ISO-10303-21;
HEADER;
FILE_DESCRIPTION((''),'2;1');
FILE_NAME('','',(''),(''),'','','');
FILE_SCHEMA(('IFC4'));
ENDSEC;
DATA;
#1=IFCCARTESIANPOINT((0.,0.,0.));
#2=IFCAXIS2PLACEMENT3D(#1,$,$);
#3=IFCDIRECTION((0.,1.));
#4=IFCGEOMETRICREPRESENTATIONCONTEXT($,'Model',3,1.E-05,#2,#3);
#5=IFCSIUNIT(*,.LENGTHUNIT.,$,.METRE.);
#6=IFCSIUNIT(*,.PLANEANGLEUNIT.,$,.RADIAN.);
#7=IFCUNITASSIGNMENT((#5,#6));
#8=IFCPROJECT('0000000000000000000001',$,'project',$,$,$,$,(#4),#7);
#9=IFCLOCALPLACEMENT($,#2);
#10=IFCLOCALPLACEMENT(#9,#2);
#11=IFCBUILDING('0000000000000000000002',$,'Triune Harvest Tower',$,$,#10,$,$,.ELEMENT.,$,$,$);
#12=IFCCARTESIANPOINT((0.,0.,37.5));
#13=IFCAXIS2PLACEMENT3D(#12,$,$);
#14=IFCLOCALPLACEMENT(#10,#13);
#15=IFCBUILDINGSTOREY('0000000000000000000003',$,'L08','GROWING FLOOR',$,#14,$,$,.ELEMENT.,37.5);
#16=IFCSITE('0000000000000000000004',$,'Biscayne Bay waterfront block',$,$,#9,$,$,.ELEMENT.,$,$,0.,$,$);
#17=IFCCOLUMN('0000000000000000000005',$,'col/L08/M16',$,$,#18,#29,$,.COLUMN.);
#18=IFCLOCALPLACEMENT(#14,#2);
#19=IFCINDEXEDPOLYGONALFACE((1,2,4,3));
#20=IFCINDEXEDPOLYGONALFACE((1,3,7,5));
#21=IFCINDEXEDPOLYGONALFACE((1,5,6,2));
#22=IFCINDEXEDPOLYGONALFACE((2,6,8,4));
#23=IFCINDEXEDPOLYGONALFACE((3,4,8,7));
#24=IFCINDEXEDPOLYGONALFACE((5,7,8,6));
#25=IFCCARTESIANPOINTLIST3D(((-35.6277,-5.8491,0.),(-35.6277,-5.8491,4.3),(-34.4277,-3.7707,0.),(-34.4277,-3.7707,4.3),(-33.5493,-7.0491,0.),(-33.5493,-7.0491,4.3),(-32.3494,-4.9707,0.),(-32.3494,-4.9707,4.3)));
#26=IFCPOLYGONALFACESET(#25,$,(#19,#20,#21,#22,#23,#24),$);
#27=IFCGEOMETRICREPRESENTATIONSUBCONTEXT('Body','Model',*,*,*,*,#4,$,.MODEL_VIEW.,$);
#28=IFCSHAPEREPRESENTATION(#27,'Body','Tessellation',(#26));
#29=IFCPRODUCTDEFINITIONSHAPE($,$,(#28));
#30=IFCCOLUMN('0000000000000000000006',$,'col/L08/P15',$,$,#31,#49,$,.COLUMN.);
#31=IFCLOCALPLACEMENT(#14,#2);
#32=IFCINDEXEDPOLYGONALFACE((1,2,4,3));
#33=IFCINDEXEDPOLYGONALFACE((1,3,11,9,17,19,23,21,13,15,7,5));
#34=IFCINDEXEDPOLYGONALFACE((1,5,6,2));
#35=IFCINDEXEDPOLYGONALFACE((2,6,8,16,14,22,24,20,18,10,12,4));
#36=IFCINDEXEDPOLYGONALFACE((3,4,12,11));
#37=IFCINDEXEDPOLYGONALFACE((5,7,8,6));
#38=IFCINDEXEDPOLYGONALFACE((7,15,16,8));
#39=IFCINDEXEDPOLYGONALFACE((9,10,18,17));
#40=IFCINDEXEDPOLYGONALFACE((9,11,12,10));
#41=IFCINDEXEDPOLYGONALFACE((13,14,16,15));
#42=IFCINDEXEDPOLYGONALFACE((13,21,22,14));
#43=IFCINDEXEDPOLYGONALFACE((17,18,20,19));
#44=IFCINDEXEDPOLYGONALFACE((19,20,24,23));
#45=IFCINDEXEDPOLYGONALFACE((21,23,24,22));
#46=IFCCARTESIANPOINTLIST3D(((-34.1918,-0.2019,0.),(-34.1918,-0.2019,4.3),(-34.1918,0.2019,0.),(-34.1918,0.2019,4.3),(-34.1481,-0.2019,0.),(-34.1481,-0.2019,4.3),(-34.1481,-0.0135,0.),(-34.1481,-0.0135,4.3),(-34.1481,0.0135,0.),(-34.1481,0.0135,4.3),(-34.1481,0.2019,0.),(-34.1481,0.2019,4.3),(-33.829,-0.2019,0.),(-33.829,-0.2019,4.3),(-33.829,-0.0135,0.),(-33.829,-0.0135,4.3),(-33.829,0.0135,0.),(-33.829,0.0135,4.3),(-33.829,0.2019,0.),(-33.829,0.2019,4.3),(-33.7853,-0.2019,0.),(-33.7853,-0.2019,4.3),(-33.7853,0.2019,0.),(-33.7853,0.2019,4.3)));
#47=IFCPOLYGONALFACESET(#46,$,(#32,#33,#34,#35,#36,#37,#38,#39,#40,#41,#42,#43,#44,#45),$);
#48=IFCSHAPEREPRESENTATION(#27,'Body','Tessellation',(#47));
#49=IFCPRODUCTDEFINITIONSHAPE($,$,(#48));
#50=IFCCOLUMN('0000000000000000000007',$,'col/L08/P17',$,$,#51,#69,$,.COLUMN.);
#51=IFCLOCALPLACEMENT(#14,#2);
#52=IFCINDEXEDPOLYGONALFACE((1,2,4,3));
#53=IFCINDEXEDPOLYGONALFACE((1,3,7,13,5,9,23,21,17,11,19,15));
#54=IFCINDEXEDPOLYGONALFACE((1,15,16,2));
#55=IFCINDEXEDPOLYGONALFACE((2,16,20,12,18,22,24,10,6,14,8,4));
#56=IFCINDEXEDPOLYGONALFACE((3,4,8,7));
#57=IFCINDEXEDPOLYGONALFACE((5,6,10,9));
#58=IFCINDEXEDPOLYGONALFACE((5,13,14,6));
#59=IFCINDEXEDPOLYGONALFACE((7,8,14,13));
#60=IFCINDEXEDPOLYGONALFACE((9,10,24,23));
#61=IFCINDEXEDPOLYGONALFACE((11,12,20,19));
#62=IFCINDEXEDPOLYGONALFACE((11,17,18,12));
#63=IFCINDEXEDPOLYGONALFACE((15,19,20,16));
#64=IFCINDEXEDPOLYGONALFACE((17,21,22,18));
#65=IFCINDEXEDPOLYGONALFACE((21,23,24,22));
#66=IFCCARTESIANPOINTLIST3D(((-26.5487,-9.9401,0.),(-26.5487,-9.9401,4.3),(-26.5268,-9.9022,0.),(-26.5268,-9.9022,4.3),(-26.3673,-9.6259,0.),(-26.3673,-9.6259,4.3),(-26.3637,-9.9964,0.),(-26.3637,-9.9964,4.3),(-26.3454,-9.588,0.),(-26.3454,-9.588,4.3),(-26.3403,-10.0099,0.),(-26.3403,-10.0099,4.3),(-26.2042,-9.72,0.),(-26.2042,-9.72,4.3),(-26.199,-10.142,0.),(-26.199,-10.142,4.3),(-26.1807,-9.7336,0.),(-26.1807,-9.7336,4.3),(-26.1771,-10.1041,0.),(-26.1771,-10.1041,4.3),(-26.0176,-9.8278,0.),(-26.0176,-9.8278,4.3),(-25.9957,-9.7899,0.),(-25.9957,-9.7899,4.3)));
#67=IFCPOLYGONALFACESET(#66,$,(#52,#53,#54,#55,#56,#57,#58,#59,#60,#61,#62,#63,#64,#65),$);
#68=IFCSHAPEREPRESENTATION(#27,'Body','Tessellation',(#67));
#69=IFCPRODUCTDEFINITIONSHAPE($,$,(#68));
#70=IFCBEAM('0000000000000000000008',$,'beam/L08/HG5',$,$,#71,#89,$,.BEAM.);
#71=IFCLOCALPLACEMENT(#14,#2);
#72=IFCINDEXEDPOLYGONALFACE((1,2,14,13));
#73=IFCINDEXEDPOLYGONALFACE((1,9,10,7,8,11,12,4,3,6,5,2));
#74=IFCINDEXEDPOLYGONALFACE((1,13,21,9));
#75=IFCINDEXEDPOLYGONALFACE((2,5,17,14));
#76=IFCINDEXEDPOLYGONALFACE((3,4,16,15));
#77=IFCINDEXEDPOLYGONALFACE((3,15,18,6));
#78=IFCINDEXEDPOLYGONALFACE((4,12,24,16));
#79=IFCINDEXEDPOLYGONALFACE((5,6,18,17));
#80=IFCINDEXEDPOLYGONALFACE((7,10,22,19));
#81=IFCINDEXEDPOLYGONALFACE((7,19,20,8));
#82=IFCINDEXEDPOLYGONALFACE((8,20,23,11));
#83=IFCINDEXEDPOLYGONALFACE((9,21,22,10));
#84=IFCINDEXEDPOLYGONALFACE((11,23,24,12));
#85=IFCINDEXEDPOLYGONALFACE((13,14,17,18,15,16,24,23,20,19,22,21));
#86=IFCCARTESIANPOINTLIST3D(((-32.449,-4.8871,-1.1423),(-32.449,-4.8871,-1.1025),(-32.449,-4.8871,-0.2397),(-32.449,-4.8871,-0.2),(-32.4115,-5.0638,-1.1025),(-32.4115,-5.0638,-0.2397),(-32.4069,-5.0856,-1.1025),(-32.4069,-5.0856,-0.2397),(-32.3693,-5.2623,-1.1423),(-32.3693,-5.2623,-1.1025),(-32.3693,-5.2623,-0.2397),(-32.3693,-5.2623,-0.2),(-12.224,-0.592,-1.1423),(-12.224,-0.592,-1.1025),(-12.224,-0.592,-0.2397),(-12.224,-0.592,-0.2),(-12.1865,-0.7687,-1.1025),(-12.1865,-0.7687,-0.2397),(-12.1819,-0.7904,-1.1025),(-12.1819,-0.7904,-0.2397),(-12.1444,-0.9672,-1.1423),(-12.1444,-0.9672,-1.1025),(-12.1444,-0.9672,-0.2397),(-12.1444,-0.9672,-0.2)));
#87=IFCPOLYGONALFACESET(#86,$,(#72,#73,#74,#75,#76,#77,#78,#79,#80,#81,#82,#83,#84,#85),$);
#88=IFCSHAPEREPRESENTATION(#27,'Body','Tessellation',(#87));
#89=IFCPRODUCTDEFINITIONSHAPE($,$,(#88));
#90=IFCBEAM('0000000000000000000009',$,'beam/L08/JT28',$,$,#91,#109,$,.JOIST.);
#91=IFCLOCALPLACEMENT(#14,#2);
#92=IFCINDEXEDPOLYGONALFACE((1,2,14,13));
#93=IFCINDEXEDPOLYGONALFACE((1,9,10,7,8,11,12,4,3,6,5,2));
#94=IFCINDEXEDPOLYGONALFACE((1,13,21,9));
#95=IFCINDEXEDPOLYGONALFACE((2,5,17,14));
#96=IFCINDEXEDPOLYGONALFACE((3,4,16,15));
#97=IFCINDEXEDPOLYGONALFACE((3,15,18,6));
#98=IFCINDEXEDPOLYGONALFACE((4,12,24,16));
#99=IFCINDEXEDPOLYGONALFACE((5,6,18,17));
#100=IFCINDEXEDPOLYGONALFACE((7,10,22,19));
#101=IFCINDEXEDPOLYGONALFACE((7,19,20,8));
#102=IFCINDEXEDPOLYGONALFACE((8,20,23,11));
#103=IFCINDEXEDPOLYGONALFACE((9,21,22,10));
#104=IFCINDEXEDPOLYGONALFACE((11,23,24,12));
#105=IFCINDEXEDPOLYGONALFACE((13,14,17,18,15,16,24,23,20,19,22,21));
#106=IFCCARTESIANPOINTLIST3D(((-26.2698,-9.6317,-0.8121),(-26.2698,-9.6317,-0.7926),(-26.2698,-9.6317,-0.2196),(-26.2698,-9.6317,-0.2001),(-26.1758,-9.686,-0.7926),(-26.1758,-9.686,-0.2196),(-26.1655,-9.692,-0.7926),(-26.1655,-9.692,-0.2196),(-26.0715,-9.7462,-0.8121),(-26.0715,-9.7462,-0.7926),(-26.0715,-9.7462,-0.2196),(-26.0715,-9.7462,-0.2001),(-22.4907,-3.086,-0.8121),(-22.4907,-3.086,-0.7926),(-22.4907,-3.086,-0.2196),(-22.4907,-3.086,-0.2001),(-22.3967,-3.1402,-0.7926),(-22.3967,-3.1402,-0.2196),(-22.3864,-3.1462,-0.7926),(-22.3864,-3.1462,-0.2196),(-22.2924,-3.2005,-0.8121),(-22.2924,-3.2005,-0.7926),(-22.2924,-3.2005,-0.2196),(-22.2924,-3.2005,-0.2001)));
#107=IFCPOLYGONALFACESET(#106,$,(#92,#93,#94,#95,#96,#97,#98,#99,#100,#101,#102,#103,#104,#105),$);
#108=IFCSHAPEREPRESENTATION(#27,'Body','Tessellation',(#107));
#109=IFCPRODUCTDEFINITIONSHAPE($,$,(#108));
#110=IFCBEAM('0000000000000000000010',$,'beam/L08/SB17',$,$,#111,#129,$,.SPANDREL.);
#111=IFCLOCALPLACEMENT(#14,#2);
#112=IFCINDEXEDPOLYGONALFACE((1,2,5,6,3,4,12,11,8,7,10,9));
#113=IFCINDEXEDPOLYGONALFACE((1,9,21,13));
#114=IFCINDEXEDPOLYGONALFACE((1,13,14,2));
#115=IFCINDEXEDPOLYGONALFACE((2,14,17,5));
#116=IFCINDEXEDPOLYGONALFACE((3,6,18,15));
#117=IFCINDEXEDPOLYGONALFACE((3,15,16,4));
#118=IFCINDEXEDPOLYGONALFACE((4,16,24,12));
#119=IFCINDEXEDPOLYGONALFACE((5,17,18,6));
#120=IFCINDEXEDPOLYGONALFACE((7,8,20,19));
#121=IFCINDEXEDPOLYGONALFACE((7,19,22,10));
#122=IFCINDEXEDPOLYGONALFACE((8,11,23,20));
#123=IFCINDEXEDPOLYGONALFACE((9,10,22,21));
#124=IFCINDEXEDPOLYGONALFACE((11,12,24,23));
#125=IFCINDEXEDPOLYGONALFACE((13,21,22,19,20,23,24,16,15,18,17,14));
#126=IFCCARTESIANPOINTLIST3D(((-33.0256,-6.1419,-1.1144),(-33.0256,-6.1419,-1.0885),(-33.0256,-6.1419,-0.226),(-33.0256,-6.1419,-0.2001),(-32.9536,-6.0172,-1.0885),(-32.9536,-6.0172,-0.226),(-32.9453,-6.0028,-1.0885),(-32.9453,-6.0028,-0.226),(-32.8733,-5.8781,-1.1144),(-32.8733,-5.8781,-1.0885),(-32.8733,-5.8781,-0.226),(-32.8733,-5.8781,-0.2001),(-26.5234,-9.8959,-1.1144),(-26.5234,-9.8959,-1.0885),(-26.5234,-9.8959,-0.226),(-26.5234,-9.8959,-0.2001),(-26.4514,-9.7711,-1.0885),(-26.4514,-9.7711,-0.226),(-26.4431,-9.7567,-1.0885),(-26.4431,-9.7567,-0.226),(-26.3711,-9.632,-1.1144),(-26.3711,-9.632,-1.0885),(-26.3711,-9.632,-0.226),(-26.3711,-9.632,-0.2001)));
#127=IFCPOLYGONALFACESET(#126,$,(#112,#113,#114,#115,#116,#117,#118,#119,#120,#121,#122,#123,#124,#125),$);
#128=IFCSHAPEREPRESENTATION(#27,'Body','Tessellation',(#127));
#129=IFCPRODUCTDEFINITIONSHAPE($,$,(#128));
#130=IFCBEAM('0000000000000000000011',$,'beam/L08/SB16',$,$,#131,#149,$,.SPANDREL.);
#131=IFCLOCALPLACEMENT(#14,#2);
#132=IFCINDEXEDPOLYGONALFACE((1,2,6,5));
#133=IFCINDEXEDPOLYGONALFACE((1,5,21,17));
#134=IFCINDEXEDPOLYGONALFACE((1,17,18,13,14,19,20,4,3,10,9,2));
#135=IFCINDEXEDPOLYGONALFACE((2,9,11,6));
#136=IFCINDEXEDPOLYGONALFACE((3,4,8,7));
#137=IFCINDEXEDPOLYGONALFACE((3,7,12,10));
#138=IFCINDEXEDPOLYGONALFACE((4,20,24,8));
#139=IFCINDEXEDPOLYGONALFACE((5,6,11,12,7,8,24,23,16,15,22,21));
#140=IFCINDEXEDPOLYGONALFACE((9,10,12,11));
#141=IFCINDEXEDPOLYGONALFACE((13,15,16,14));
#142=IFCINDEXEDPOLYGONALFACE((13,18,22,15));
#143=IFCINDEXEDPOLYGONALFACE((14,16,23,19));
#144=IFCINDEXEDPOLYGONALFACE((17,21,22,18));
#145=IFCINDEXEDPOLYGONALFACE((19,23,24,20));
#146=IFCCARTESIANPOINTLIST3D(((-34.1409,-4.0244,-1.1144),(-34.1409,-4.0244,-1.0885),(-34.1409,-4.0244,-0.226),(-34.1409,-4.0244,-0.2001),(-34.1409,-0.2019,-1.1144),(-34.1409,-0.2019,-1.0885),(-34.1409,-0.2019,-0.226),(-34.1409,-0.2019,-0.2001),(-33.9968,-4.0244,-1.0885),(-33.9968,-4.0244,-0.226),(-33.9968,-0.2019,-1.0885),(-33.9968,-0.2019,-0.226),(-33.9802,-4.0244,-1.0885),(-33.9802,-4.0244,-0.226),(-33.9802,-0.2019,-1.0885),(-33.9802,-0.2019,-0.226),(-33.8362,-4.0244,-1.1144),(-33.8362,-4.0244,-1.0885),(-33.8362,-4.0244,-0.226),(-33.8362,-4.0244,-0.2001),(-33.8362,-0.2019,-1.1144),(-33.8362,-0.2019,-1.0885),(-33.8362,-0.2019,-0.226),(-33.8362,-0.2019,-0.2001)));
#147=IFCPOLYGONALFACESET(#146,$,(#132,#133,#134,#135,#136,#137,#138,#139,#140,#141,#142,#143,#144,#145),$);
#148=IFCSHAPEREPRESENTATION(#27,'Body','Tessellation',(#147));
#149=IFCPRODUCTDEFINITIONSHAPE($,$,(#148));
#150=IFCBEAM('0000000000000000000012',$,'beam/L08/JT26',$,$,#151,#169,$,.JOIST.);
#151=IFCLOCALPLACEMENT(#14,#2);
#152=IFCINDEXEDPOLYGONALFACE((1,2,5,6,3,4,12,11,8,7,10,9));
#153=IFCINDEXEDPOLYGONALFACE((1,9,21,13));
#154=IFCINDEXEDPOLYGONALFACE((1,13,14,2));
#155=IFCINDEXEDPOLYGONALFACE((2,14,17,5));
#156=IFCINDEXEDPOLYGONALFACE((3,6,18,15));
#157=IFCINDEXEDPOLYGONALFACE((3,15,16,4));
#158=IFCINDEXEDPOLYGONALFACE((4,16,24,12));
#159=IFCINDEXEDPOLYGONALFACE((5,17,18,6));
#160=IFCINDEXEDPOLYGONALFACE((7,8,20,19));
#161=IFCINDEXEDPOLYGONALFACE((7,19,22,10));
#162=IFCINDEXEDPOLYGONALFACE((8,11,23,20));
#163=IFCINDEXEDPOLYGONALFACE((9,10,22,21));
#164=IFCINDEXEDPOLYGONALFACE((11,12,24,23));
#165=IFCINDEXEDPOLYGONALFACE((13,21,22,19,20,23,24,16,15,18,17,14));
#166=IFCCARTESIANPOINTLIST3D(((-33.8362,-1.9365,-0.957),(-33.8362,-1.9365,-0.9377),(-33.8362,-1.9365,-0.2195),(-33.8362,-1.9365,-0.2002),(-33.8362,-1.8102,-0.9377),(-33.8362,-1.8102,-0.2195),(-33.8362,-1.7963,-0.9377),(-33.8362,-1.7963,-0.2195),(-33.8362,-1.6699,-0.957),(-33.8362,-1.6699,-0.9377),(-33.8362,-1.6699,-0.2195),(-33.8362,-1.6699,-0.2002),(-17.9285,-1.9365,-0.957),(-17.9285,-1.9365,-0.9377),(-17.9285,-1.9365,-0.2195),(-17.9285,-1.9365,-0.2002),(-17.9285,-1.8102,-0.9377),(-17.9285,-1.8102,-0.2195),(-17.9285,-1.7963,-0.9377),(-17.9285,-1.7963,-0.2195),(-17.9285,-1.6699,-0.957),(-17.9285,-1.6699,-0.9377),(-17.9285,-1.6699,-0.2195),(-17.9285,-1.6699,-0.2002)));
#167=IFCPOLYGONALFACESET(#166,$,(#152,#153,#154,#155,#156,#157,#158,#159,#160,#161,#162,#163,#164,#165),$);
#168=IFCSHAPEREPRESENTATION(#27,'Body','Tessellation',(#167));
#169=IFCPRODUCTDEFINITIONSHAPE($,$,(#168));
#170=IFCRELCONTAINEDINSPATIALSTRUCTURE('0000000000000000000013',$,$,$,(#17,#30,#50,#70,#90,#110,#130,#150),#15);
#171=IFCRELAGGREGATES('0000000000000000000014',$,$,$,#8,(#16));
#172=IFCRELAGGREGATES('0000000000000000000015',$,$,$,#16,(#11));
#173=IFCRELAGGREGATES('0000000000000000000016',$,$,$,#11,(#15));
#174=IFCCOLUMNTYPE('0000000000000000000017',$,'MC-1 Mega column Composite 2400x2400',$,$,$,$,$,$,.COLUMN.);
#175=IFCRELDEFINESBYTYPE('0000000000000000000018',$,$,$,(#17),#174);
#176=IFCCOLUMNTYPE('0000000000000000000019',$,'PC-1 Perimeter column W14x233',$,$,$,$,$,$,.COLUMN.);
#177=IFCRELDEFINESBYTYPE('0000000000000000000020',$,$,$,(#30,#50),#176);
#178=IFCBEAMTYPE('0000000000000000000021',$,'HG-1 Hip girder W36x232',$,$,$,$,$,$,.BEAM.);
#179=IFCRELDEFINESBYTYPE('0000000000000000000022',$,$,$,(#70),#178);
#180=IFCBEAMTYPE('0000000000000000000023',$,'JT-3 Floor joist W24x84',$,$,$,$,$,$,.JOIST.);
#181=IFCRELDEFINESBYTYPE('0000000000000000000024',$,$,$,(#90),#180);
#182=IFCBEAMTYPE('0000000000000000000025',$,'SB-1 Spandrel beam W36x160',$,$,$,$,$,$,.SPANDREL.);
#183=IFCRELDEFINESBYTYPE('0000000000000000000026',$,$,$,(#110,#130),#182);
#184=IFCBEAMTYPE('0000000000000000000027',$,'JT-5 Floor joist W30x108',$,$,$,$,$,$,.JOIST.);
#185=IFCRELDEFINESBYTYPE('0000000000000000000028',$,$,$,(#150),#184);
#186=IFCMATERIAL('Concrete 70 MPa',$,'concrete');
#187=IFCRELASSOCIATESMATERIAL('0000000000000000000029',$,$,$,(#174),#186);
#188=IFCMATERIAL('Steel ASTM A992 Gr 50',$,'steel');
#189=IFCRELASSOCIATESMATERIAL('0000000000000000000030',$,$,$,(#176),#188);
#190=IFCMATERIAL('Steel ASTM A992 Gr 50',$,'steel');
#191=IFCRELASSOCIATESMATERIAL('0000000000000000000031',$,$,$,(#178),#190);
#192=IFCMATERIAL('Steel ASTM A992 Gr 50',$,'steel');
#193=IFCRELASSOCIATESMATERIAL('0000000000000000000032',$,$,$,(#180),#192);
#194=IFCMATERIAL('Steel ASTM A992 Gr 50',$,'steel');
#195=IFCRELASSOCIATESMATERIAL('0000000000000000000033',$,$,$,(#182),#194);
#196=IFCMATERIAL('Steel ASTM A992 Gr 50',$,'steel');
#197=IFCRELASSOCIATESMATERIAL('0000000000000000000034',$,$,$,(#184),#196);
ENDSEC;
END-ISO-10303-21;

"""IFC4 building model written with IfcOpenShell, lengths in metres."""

from ifc_helpers import new_model, si_unit, direction, frame, origin, origin_2d, place, context, subcontext, project, spatial, rectangle, i_section, extrude, source, transform, mapped, material, material_profile, profile_set, type_object, element, save


model = new_model("IFC4")

# Units and contexts
model_context = context("Model", 3, precision=1e-05, world=origin(), true_north=direction((0.0, 1.0)))
body_context = subcontext(model_context, "Body", "Model", "MODEL_VIEW")
ifc_project = project(units=[si_unit("LENGTHUNIT", "METRE"), si_unit("PLANEANGLEUNIT", "RADIAN")], contexts=[model_context])

# Site, building, storey
site_placement = place(None, origin())
site = spatial("IfcSite", under=ifc_project, at=site_placement, Name="Biscayne Bay waterfront block", CompositionType="ELEMENT", RefElevation=0.0)
building_placement = place(site_placement, origin())
building = spatial("IfcBuilding", under=site, at=building_placement, Name="Triune Harvest Tower", CompositionType="ELEMENT")
storey_placement = place(building_placement, frame((0.0, 0.0, 37.5)))
storey = spatial("IfcBuildingStorey", under=building, at=storey_placement, Name="L08", Description="GROWING FLOOR", CompositionType="ELEMENT", Elevation=37.5)

# Columns
ifc_material_1 = material(Name="Concrete 70 MPa", Category="concrete")
ifc_material_profile_1 = material_profile(ifc_material_1, rectangle(XDim=2.3999, YDim=2.3999, at=origin_2d()), Name="Composite 2400x2400")
ifc_profile_set_1 = profile_set([ifc_material_profile_1], Name="Concrete 70 MPa")
column_type_1 = type_object("IfcColumnType", Name="MC-1 Mega column Composite 2400x2400", PredefinedType="COLUMN", material=ifc_profile_set_1)
shared_shape_1 = source(origin(), body_context, "Body", "SweptSolid", [
    extrude(rectangle(XDim=2.3999, YDim=2.3999, at=origin_2d()), origin(), (0.0, 0.0, 1.0), 4.3),
])
column_placement = place(storey_placement, frame((-33.9885, -5.4099, 0.0), z_axis=(0.0, 0.0, 1.0), x_axis=(0.866025, -0.5, 0.0)))
element("IfcColumn", 1, at=column_placement, inside=storey, type_object=column_type_1, Name="col/L08/M16", PredefinedType="COLUMN", context=body_context, shape_type="MappedRepresentation", body=[
    mapped(shared_shape_1, transform((0.0, 0.0, 0.0), scale=1.0)),
])
ifc_material_2 = material(Name="Steel ASTM A992 Gr 50", Category="steel")
ifc_material_profile_2 = material_profile(ifc_material_2, i_section(OverallWidth=0.4038, OverallDepth=0.4065, WebThickness=0.0271, FlangeThickness=0.0437, at=origin_2d()), Name="W14x233")
ifc_profile_set_2 = profile_set([ifc_material_profile_2], Name="Steel ASTM A992 Gr 50")
column_type_2 = type_object("IfcColumnType", Name="PC-1 Perimeter column W14x233", PredefinedType="COLUMN", material=ifc_profile_set_2)
shared_shape_2 = source(origin(), body_context, "Body", "SweptSolid", [
    extrude(i_section(OverallWidth=0.4038, OverallDepth=0.4065, WebThickness=0.0271, FlangeThickness=0.0437, at=origin_2d()), origin(), (0.0, 0.0, 1.0), 4.3),
])
for number, where, z_axis, x_axis, name in (
    (2, (-33.9885, 0.0, 0.0), (0.0, 0.0, 1.0), (0.0, -1.0, 0.0), "col/L08/P15"),
    (3, (-26.2722, -9.865, 0.0), (0.0, 0.0, 1.0), (0.866025, -0.5, 0.0), "col/L08/P17"),
):
    element("IfcColumn", number, at=place(storey_placement, frame(where, z_axis=z_axis, x_axis=x_axis)), inside=storey, type_object=column_type_2, Name=name, PredefinedType="COLUMN", context=body_context, shape_type="MappedRepresentation", body=[
        mapped(shared_shape_2, transform((0.0, 0.0, 0.0), scale=1.0)),
    ])

# Beams
ifc_material_3 = material(Name="Steel ASTM A992 Gr 50", Category="steel")
ifc_material_profile_3 = material_profile(ifc_material_3, i_section(OverallWidth=0.3835, OverallDepth=0.9424, WebThickness=0.0222, FlangeThickness=0.0398, at=origin_2d()), Name="W36x232")
ifc_profile_set_3 = profile_set([ifc_material_profile_3], Name="Steel ASTM A992 Gr 50")
beam_type_1 = type_object("IfcBeamType", Name="HG-1 Hip girder W36x232", PredefinedType="BEAM", material=ifc_profile_set_3)
shared_shape_3 = source(origin(), body_context, "Body", "SweptSolid", [
    extrude(i_section(OverallWidth=0.3835, OverallDepth=0.9424, WebThickness=0.0222, FlangeThickness=0.0398, at=origin_2d()), origin(), (0.0, 0.0, 1.0), 20.676),
])
beam_1_placement = place(storey_placement, frame((-32.4092, -5.0747, -0.6711), z_axis=(0.978185, 0.207735, 0.0), x_axis=(-0.207735, 0.978185, 0.0)))
element("IfcBeam", 4, at=beam_1_placement, inside=storey, type_object=beam_type_1, Name="beam/L08/HG5", PredefinedType="BEAM", context=body_context, shape_type="MappedRepresentation", body=[
    mapped(shared_shape_3, transform((0.0, 0.0, 0.0), scale=1.0)),
])
ifc_material_4 = material(Name="Steel ASTM A992 Gr 50", Category="steel")
ifc_material_profile_4 = material_profile(ifc_material_4, i_section(OverallWidth=0.229, OverallDepth=0.6121, WebThickness=0.012, FlangeThickness=0.0195, at=origin_2d()), Name="W24x84")
ifc_profile_set_4 = profile_set([ifc_material_profile_4], Name="Steel ASTM A992 Gr 50")
beam_type_2 = type_object("IfcBeamType", Name="JT-3 Floor joist W24x84", PredefinedType="JOIST", material=ifc_profile_set_4)
shared_shape_4 = source(origin(), body_context, "Body", "SweptSolid", [
    extrude(i_section(OverallWidth=0.229, OverallDepth=0.6121, WebThickness=0.012, FlangeThickness=0.0195, at=origin_2d()), origin(), (0.0, 0.0, 1.0), 7.5583),
])
beam_2_placement = place(storey_placement, frame((-26.1707, -9.689, -0.5061), z_axis=(0.499992, 0.86603, 0.0), x_axis=(-0.86603, 0.499992, 0.0)))
element("IfcBeam", 5, at=beam_2_placement, inside=storey, type_object=beam_type_2, Name="beam/L08/JT28", PredefinedType="JOIST", context=body_context, shape_type="MappedRepresentation", body=[
    mapped(shared_shape_4, transform((0.0, 0.0, 0.0), scale=1.0)),
])
ifc_material_5 = material(Name="Steel ASTM A992 Gr 50", Category="steel")
ifc_material_profile_5 = material_profile(ifc_material_5, i_section(OverallWidth=0.3047, OverallDepth=0.9143, WebThickness=0.0166, FlangeThickness=0.0259, at=origin_2d()), Name="W36x160")
ifc_profile_set_5 = profile_set([ifc_material_profile_5], Name="Steel ASTM A992 Gr 50")
beam_type_3 = type_object("IfcBeamType", Name="SB-1 Spandrel beam W36x160", PredefinedType="SPANDREL", material=ifc_profile_set_5)
shared_shape_5 = source(origin(), body_context, "Body", "SweptSolid", [
    extrude(i_section(OverallWidth=0.3047, OverallDepth=0.9143, WebThickness=0.0166, FlangeThickness=0.0259, at=origin_2d()), origin(), (0.0, 0.0, 1.0), 7.5081),
])
beam_3_placement = place(storey_placement, frame((-32.9495, -6.01, -0.6572), z_axis=(0.866033, -0.499986, 0.0), x_axis=(0.499986, 0.866033, 0.0)))
element("IfcBeam", 6, at=beam_3_placement, inside=storey, type_object=beam_type_3, Name="beam/L08/SB17", PredefinedType="SPANDREL", context=body_context, shape_type="MappedRepresentation", body=[
    mapped(shared_shape_5, transform((0.0, 0.0, 0.0), scale=1.0)),
])
shared_shape_6 = source(origin(), body_context, "Body", "SweptSolid", [
    extrude(i_section(OverallWidth=0.3047, OverallDepth=0.9143, WebThickness=0.0166, FlangeThickness=0.0259, at=origin_2d()), origin(), (0.0, 0.0, 1.0), 3.8225),
])
beam_4_placement = place(storey_placement, frame((-33.9885, -0.2019, -0.6572), z_axis=(0.0, -1.0, 0.0), x_axis=(1.0, 0.0, 0.0)))
element("IfcBeam", 7, at=beam_4_placement, inside=storey, type_object=beam_type_3, Name="beam/L08/SB16", PredefinedType="SPANDREL", context=body_context, shape_type="MappedRepresentation", body=[
    mapped(shared_shape_6, transform((0.0, 0.0, 0.0), scale=1.0)),
])
ifc_material_6 = material(Name="Steel ASTM A992 Gr 50", Category="steel")
ifc_material_profile_6 = material_profile(ifc_material_6, i_section(OverallWidth=0.2666, OverallDepth=0.7568, WebThickness=0.0139, FlangeThickness=0.0193, at=origin_2d()), Name="W30x108")
ifc_profile_set_6 = profile_set([ifc_material_profile_6], Name="Steel ASTM A992 Gr 50")
beam_type_4 = type_object("IfcBeamType", Name="JT-5 Floor joist W30x108", PredefinedType="JOIST", material=ifc_profile_set_6)
shared_shape_7 = source(origin(), body_context, "Body", "SweptSolid", [
    extrude(i_section(OverallWidth=0.2666, OverallDepth=0.7568, WebThickness=0.0139, FlangeThickness=0.0193, at=origin_2d()), origin(), (0.0, 0.0, 1.0), 15.9077),
])
beam_5_placement = place(storey_placement, frame((-33.8362, -1.8032, -0.5786), z_axis=(1.0, 0.0, 0.0), x_axis=(0.0, 1.0, 0.0)))
element("IfcBeam", 8, at=beam_5_placement, inside=storey, type_object=beam_type_4, Name="beam/L08/JT26", PredefinedType="JOIST", context=body_context, shape_type="MappedRepresentation", body=[
    mapped(shared_shape_7, transform((0.0, 0.0, 0.0), scale=1.0)),
])

save(model, "model.ifc")
